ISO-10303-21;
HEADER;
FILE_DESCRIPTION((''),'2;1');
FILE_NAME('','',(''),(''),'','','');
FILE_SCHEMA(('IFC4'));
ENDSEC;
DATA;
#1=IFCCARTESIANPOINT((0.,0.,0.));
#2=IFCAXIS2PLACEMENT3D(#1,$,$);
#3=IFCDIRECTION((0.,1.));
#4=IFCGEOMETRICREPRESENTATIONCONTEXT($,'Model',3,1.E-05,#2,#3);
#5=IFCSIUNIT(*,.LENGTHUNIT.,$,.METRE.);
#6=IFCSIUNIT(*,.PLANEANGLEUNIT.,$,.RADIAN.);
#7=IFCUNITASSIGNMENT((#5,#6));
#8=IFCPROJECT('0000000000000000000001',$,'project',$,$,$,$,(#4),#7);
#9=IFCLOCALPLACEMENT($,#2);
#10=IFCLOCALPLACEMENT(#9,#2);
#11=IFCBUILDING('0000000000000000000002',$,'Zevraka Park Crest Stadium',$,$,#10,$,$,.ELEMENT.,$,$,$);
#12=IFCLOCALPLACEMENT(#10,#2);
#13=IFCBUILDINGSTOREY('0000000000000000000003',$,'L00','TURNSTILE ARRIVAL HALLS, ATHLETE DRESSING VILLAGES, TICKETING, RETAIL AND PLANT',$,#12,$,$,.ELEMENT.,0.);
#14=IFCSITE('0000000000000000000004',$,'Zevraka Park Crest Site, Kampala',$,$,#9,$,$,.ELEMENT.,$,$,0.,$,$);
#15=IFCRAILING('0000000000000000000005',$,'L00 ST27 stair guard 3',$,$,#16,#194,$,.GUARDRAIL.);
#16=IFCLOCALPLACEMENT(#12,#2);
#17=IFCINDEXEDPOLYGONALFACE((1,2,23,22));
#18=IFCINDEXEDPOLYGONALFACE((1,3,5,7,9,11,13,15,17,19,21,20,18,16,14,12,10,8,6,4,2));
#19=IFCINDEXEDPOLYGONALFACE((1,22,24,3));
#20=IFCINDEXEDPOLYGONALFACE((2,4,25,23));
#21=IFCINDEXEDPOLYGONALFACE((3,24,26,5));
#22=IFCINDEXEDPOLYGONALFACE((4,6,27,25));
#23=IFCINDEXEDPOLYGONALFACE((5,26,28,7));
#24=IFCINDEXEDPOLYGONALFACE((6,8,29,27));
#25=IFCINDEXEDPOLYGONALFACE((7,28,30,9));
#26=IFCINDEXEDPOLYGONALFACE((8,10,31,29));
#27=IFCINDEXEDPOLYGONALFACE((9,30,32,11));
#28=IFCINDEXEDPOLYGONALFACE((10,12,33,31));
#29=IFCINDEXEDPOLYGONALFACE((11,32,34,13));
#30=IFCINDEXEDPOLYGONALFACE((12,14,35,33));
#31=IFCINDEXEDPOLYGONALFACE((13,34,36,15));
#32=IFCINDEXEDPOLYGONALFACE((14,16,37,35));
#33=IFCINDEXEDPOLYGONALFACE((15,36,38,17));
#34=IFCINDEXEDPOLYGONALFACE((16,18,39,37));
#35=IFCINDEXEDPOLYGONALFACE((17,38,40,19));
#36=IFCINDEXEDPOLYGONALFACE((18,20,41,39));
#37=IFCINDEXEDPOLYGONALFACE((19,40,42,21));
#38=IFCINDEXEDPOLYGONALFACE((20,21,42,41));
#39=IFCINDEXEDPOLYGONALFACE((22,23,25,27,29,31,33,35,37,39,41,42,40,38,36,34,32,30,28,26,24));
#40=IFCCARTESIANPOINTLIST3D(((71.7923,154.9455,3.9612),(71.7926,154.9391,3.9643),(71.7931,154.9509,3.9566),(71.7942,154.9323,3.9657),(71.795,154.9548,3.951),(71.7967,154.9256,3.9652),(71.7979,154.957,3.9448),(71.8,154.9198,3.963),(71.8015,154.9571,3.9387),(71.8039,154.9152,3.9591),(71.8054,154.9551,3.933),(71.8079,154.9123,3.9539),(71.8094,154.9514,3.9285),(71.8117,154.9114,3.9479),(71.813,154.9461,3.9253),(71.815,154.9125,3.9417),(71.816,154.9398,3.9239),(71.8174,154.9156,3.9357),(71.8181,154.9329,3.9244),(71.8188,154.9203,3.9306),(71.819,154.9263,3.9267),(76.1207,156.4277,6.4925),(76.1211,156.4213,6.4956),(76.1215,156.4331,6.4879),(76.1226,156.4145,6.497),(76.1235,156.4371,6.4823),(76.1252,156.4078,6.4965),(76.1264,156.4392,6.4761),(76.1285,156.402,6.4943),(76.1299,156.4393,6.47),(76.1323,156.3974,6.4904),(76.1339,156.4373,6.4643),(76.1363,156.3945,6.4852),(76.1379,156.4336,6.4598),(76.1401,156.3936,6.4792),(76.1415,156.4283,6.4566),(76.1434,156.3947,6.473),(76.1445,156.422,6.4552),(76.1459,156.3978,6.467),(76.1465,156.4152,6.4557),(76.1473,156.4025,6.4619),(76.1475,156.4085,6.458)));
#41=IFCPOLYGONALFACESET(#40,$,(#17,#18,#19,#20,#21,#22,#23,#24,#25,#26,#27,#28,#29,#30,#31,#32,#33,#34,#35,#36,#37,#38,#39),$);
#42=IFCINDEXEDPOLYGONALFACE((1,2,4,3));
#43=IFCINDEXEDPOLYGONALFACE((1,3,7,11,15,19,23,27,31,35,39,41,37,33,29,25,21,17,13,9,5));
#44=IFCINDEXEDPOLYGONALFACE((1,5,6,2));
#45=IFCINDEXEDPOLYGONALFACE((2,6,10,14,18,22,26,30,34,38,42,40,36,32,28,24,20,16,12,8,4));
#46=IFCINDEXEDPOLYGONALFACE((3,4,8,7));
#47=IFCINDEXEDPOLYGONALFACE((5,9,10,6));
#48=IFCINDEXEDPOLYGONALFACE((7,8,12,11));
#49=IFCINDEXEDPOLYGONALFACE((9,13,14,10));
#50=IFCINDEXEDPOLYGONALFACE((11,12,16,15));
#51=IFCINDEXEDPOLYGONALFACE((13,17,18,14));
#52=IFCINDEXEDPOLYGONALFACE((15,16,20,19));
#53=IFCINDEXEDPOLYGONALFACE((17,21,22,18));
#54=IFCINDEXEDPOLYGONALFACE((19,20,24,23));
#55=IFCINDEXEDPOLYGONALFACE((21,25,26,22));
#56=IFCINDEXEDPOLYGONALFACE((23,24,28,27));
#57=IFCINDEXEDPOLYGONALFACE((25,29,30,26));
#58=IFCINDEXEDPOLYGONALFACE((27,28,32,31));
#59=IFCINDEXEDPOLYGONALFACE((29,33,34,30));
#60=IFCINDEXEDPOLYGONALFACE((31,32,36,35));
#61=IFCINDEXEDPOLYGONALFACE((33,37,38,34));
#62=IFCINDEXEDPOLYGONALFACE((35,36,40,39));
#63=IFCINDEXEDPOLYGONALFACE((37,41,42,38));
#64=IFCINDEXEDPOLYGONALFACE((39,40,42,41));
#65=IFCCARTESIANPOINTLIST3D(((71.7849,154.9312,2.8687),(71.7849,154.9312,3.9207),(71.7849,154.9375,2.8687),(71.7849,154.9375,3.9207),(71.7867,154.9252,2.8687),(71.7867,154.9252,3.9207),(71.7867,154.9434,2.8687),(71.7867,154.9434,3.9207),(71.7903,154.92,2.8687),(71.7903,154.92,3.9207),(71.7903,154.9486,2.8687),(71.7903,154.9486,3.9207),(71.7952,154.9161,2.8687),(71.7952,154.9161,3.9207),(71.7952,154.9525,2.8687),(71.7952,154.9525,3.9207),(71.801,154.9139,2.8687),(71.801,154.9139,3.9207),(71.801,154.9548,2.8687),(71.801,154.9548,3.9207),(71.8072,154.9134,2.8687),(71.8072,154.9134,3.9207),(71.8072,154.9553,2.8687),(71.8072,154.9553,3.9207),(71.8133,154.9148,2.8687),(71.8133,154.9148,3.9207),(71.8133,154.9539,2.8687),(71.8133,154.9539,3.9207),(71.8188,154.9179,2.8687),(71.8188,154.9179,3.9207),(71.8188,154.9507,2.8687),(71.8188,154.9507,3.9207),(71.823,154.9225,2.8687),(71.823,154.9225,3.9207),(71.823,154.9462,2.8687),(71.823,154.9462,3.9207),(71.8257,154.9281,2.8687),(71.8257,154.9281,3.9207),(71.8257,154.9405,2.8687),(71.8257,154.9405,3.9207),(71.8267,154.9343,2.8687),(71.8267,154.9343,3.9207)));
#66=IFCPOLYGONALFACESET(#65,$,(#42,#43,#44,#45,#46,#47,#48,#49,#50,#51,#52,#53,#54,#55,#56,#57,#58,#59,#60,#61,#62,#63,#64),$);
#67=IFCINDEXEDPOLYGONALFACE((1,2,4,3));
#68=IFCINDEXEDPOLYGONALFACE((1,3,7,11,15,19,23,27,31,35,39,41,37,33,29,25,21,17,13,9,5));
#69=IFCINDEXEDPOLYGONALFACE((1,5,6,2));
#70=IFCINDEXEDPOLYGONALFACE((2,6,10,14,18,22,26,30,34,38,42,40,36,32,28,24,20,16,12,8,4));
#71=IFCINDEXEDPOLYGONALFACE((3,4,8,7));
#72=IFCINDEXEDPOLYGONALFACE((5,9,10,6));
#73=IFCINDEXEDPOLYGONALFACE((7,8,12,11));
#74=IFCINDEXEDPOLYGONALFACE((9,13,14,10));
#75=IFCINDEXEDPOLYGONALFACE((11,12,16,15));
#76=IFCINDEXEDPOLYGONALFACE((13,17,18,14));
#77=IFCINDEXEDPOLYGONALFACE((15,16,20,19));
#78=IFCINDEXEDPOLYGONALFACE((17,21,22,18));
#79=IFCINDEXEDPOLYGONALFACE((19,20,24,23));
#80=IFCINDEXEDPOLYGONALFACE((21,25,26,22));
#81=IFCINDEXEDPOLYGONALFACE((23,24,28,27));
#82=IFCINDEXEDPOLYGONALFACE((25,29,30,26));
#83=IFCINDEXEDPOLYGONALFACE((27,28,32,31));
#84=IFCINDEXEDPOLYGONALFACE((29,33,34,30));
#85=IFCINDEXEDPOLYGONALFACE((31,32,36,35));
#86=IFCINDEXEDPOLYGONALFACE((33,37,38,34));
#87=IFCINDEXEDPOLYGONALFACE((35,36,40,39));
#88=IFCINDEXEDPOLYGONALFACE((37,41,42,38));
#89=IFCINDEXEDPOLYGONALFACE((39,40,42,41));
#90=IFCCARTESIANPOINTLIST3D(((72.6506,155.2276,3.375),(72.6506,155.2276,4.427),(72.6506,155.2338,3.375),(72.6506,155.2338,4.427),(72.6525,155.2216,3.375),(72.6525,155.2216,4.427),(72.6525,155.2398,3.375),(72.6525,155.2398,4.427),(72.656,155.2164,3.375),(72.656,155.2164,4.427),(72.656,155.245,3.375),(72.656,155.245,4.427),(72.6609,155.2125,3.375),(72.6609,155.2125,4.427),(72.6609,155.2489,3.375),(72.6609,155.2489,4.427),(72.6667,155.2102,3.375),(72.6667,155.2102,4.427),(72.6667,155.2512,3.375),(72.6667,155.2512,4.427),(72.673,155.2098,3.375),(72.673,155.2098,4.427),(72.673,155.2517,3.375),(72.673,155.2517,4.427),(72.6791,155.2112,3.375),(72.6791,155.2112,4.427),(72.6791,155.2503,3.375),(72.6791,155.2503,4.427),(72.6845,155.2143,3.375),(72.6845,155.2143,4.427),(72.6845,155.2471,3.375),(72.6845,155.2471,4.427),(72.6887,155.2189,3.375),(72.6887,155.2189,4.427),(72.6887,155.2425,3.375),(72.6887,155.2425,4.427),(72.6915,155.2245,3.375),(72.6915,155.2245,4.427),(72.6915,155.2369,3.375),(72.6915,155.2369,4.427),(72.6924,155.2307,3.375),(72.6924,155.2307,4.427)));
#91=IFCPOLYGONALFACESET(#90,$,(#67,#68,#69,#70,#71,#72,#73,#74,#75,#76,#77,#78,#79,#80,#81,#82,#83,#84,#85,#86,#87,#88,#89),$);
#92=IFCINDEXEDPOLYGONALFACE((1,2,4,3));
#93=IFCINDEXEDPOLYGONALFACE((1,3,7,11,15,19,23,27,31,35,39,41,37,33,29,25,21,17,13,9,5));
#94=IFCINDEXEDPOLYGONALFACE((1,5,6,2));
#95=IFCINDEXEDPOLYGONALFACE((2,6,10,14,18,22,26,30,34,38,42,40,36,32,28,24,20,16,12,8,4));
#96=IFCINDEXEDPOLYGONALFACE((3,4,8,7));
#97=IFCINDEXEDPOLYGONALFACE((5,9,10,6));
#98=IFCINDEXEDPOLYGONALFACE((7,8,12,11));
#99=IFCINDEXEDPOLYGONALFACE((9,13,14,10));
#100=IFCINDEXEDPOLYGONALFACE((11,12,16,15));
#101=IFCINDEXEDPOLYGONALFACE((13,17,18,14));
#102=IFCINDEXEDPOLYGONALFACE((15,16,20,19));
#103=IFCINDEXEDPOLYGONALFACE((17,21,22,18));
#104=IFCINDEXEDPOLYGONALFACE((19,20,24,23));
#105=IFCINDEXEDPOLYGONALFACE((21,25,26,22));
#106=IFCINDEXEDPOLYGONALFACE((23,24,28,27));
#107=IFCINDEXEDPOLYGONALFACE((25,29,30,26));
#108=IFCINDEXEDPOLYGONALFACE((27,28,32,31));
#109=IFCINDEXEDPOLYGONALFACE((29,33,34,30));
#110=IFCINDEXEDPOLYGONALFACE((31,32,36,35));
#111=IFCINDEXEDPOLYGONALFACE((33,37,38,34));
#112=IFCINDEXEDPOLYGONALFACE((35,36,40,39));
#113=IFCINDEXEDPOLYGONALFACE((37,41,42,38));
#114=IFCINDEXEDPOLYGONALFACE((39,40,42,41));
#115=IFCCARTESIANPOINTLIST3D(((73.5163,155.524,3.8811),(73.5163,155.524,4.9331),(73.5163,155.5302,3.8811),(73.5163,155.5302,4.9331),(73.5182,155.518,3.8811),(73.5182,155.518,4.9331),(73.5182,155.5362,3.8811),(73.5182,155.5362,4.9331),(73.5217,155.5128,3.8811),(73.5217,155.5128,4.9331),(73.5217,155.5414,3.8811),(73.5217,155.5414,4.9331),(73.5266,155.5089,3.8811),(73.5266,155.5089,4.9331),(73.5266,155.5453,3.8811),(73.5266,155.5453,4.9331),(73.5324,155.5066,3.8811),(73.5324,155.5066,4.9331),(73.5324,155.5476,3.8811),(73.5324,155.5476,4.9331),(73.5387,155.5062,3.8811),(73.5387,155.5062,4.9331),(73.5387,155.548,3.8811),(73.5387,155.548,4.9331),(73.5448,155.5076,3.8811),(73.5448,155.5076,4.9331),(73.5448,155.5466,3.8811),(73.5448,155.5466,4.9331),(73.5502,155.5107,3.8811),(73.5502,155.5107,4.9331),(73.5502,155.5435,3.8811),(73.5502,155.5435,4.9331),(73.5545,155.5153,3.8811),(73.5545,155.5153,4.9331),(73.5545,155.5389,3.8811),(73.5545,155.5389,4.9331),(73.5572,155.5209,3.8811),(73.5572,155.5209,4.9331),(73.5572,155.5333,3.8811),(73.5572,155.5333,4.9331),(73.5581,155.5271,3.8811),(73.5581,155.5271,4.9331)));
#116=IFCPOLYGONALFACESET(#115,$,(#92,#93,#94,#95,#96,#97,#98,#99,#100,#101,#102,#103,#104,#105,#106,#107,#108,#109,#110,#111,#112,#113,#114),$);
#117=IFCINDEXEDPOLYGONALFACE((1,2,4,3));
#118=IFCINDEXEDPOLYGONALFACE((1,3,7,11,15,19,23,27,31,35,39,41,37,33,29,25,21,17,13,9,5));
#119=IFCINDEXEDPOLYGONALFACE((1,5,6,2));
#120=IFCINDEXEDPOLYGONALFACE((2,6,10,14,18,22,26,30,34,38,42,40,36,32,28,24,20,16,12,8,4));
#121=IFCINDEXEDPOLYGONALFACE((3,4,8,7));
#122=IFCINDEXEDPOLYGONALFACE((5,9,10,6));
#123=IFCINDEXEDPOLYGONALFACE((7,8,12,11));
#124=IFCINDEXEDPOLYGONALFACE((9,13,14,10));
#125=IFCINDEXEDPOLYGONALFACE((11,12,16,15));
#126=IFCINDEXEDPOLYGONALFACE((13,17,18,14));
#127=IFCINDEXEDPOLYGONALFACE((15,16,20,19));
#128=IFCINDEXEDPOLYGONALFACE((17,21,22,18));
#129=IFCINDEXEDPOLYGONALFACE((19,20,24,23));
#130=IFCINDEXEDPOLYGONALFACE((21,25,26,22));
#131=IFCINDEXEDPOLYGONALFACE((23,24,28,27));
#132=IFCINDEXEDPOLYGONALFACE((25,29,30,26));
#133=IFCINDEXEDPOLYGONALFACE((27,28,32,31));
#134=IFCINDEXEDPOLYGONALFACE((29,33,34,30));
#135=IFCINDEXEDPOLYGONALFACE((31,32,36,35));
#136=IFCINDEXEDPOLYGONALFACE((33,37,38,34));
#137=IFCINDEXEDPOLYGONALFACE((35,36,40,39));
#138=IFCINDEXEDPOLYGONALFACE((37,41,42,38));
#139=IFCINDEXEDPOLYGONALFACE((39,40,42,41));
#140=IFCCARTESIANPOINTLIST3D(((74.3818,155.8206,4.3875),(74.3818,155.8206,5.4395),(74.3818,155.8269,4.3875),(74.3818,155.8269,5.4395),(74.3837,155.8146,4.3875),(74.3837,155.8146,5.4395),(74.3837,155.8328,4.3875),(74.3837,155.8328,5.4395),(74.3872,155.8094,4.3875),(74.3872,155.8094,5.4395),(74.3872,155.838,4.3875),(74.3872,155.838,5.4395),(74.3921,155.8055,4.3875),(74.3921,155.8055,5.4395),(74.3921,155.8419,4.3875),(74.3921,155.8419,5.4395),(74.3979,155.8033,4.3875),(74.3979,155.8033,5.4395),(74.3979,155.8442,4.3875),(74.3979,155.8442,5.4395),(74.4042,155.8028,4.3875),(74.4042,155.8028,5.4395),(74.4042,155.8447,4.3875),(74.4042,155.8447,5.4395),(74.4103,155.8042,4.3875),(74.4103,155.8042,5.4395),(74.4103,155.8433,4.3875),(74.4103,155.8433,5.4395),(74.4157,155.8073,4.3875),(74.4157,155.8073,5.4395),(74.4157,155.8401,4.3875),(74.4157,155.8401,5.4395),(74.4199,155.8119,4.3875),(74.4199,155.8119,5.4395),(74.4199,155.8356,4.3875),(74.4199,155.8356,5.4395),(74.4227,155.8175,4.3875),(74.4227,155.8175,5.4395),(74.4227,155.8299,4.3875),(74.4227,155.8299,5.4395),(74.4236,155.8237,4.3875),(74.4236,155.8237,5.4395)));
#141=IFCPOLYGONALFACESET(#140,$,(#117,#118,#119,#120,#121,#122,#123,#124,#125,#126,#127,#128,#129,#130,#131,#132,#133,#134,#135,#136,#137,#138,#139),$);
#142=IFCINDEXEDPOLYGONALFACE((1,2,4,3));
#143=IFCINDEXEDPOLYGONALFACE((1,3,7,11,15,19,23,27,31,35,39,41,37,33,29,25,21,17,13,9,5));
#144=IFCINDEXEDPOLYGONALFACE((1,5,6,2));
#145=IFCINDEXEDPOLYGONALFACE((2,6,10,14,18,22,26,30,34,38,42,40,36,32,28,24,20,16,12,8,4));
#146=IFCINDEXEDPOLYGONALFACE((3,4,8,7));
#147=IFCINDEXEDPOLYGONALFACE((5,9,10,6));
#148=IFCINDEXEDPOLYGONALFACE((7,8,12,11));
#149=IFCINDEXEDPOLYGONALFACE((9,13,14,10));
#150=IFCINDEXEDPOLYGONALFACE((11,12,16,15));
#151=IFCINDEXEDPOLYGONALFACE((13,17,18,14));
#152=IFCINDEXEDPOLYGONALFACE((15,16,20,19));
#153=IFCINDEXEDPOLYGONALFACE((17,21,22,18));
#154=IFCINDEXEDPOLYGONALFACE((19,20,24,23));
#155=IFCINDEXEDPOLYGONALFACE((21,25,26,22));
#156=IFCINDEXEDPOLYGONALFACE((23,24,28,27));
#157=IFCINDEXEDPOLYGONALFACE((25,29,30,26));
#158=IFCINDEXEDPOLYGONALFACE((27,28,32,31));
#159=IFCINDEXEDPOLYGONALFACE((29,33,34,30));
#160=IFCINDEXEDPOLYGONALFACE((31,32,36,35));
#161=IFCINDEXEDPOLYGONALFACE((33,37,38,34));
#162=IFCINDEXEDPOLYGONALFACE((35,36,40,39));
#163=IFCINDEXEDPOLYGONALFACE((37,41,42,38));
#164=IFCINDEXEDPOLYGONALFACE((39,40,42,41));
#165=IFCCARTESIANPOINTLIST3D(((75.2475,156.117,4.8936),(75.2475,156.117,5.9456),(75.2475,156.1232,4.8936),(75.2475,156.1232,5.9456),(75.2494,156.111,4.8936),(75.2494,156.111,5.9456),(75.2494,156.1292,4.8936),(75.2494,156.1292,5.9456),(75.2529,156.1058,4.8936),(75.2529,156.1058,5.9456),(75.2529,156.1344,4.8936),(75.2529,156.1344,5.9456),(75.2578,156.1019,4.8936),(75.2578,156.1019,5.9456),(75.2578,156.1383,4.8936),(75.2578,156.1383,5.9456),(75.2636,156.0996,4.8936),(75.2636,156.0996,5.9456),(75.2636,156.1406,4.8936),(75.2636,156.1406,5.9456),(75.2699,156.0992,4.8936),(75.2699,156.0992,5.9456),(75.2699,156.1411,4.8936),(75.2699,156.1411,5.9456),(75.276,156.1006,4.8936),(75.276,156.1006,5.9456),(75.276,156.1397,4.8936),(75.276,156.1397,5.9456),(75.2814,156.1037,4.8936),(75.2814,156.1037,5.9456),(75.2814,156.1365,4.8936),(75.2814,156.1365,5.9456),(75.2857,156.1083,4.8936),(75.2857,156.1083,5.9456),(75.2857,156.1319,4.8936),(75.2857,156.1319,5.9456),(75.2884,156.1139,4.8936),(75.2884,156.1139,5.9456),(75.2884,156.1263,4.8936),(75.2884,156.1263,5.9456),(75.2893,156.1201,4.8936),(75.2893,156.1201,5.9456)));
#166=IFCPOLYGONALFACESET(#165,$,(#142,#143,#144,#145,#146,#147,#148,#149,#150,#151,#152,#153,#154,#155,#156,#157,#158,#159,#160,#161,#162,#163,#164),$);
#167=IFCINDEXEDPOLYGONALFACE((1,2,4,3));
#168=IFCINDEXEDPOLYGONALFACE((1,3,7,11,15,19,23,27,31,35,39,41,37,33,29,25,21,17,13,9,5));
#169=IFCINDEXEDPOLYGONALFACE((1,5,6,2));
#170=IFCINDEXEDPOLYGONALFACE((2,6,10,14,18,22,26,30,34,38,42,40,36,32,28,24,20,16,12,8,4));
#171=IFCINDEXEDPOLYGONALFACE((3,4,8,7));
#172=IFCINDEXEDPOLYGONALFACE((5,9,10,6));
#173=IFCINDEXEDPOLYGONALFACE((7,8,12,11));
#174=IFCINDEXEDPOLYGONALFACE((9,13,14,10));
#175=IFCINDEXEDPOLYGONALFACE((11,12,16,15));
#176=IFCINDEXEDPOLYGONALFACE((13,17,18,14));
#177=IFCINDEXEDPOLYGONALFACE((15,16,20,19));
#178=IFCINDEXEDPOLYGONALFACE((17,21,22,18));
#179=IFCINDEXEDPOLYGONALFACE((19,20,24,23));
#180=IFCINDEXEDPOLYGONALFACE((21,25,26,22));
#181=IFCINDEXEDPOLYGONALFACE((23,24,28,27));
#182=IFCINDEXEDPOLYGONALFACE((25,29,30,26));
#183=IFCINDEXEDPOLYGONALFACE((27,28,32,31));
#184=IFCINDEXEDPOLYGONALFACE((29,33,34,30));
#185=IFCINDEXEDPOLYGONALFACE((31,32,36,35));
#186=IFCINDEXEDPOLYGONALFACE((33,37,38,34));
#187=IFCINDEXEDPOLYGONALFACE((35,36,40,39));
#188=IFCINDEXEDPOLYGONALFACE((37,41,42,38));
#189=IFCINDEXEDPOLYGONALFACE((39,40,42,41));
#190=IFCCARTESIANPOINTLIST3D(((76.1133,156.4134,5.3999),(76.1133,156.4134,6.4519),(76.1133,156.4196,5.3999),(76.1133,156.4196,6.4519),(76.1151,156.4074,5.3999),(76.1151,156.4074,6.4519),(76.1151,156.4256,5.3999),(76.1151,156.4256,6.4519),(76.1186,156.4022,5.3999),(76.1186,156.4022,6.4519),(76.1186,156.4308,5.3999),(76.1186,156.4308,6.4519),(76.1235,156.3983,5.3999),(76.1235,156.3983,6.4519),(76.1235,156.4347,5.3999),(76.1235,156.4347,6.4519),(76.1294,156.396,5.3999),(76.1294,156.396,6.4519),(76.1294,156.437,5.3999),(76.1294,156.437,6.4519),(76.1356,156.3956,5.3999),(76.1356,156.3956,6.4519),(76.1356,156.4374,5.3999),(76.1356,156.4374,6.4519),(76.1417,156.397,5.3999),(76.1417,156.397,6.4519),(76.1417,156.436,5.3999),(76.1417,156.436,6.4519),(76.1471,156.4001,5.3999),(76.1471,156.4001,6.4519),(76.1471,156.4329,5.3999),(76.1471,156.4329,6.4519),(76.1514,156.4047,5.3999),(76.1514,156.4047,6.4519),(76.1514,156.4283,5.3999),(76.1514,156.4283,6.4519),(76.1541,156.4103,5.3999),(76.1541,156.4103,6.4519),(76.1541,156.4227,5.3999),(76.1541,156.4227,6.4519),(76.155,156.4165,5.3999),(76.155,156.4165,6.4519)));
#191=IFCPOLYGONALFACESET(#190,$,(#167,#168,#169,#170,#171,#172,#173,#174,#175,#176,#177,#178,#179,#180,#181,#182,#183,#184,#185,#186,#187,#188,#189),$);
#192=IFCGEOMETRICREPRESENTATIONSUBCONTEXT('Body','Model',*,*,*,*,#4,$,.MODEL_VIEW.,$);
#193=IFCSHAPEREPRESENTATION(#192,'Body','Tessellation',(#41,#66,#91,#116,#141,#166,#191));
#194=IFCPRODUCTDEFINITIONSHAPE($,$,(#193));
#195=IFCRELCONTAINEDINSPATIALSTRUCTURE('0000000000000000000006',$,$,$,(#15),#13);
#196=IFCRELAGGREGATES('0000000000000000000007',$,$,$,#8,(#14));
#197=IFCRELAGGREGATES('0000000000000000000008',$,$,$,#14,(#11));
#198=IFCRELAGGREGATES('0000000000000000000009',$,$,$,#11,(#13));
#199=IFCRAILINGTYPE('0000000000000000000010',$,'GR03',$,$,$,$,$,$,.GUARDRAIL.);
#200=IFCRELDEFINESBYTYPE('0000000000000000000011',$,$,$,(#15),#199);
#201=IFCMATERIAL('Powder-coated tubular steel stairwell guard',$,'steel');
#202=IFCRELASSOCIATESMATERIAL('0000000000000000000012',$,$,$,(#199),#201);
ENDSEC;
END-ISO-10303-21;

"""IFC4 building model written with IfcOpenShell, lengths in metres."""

from ifc_helpers import new_model, si_unit, direction, frame, origin, origin_2d, place, context, subcontext, project, spatial, circle, extrude, material, type_object, element, save


model = new_model("IFC4")

# Units and contexts
model_context = context("Model", 3, precision=1e-05, world=origin(), true_north=direction((0.0, 1.0)))
body_context = subcontext(model_context, "Body", "Model", "MODEL_VIEW")
ifc_project = project(units=[si_unit("LENGTHUNIT", "METRE"), si_unit("PLANEANGLEUNIT", "RADIAN")], contexts=[model_context])

# Site, building, storey
site_placement = place(None, origin())
site = spatial("IfcSite", under=ifc_project, at=site_placement, Name="Zevraka Park Crest Site, Kampala", CompositionType="ELEMENT", RefElevation=0.0)
building_placement = place(site_placement, origin())
building = spatial("IfcBuilding", under=site, at=building_placement, Name="Zevraka Park Crest Stadium", CompositionType="ELEMENT")
storey_placement = place(building_placement, origin())
storey = spatial("IfcBuildingStorey", under=building, at=storey_placement, Name="L00", Description="TURNSTILE ARRIVAL HALLS, ATHLETE DRESSING VILLAGES, TICKETING, RETAIL AND PLANT", CompositionType="ELEMENT", Elevation=0.0)

# Railing
ifc_material_1 = material(Name="Powder-coated tubular steel stairwell guard", Category="steel")
railing_type_1 = type_object("IfcRailingType", Name="GR03", PredefinedType="GUARDRAIL", material=ifc_material_1)
railing_1_placement = place(storey_placement, frame((71.8057, 154.9343, 2.8687)))
element("IfcRailing", 1, at=railing_1_placement, inside=storey, type_object=railing_type_1, Name="L00 ST27 stair guard 3", PredefinedType="GUARDRAIL", context=body_context, shape_type="SweptSolid", body=[
    extrude(circle(Radius=0.0239, at=origin_2d()), frame((0.0, 0.0, 1.0762), z_axis=(0.827817, 0.283472, 0.484111), x_axis=(-0.323965, 0.946069, 0.0)), (0.0, 0.0, 1.0), 5.2288),
    extrude(circle(Radius=0.021, at=origin_2d()), origin(), (0.0, 0.0, 1.0), 1.052),
    extrude(circle(Radius=0.021, at=origin_2d()), frame((0.8657, 0.2964, 0.5063)), (0.0, 0.0, 1.0), 1.052),
    extrude(circle(Radius=0.021, at=origin_2d()), frame((1.7314, 0.5928, 1.0125)), (0.0, 0.0, 1.0), 1.052),
    extrude(circle(Radius=0.021, at=origin_2d()), frame((2.5969, 0.8894, 1.5188)), (0.0, 0.0, 1.0), 1.052),
    extrude(circle(Radius=0.021, at=origin_2d()), frame((3.4626, 1.1858, 2.0249)), (0.0, 0.0, 1.0), 1.052),
    extrude(circle(Radius=0.021, at=origin_2d()), frame((4.3284, 1.4822, 2.5312)), (0.0, 0.0, 1.0), 1.052),
])

save(model, "model.ifc")
